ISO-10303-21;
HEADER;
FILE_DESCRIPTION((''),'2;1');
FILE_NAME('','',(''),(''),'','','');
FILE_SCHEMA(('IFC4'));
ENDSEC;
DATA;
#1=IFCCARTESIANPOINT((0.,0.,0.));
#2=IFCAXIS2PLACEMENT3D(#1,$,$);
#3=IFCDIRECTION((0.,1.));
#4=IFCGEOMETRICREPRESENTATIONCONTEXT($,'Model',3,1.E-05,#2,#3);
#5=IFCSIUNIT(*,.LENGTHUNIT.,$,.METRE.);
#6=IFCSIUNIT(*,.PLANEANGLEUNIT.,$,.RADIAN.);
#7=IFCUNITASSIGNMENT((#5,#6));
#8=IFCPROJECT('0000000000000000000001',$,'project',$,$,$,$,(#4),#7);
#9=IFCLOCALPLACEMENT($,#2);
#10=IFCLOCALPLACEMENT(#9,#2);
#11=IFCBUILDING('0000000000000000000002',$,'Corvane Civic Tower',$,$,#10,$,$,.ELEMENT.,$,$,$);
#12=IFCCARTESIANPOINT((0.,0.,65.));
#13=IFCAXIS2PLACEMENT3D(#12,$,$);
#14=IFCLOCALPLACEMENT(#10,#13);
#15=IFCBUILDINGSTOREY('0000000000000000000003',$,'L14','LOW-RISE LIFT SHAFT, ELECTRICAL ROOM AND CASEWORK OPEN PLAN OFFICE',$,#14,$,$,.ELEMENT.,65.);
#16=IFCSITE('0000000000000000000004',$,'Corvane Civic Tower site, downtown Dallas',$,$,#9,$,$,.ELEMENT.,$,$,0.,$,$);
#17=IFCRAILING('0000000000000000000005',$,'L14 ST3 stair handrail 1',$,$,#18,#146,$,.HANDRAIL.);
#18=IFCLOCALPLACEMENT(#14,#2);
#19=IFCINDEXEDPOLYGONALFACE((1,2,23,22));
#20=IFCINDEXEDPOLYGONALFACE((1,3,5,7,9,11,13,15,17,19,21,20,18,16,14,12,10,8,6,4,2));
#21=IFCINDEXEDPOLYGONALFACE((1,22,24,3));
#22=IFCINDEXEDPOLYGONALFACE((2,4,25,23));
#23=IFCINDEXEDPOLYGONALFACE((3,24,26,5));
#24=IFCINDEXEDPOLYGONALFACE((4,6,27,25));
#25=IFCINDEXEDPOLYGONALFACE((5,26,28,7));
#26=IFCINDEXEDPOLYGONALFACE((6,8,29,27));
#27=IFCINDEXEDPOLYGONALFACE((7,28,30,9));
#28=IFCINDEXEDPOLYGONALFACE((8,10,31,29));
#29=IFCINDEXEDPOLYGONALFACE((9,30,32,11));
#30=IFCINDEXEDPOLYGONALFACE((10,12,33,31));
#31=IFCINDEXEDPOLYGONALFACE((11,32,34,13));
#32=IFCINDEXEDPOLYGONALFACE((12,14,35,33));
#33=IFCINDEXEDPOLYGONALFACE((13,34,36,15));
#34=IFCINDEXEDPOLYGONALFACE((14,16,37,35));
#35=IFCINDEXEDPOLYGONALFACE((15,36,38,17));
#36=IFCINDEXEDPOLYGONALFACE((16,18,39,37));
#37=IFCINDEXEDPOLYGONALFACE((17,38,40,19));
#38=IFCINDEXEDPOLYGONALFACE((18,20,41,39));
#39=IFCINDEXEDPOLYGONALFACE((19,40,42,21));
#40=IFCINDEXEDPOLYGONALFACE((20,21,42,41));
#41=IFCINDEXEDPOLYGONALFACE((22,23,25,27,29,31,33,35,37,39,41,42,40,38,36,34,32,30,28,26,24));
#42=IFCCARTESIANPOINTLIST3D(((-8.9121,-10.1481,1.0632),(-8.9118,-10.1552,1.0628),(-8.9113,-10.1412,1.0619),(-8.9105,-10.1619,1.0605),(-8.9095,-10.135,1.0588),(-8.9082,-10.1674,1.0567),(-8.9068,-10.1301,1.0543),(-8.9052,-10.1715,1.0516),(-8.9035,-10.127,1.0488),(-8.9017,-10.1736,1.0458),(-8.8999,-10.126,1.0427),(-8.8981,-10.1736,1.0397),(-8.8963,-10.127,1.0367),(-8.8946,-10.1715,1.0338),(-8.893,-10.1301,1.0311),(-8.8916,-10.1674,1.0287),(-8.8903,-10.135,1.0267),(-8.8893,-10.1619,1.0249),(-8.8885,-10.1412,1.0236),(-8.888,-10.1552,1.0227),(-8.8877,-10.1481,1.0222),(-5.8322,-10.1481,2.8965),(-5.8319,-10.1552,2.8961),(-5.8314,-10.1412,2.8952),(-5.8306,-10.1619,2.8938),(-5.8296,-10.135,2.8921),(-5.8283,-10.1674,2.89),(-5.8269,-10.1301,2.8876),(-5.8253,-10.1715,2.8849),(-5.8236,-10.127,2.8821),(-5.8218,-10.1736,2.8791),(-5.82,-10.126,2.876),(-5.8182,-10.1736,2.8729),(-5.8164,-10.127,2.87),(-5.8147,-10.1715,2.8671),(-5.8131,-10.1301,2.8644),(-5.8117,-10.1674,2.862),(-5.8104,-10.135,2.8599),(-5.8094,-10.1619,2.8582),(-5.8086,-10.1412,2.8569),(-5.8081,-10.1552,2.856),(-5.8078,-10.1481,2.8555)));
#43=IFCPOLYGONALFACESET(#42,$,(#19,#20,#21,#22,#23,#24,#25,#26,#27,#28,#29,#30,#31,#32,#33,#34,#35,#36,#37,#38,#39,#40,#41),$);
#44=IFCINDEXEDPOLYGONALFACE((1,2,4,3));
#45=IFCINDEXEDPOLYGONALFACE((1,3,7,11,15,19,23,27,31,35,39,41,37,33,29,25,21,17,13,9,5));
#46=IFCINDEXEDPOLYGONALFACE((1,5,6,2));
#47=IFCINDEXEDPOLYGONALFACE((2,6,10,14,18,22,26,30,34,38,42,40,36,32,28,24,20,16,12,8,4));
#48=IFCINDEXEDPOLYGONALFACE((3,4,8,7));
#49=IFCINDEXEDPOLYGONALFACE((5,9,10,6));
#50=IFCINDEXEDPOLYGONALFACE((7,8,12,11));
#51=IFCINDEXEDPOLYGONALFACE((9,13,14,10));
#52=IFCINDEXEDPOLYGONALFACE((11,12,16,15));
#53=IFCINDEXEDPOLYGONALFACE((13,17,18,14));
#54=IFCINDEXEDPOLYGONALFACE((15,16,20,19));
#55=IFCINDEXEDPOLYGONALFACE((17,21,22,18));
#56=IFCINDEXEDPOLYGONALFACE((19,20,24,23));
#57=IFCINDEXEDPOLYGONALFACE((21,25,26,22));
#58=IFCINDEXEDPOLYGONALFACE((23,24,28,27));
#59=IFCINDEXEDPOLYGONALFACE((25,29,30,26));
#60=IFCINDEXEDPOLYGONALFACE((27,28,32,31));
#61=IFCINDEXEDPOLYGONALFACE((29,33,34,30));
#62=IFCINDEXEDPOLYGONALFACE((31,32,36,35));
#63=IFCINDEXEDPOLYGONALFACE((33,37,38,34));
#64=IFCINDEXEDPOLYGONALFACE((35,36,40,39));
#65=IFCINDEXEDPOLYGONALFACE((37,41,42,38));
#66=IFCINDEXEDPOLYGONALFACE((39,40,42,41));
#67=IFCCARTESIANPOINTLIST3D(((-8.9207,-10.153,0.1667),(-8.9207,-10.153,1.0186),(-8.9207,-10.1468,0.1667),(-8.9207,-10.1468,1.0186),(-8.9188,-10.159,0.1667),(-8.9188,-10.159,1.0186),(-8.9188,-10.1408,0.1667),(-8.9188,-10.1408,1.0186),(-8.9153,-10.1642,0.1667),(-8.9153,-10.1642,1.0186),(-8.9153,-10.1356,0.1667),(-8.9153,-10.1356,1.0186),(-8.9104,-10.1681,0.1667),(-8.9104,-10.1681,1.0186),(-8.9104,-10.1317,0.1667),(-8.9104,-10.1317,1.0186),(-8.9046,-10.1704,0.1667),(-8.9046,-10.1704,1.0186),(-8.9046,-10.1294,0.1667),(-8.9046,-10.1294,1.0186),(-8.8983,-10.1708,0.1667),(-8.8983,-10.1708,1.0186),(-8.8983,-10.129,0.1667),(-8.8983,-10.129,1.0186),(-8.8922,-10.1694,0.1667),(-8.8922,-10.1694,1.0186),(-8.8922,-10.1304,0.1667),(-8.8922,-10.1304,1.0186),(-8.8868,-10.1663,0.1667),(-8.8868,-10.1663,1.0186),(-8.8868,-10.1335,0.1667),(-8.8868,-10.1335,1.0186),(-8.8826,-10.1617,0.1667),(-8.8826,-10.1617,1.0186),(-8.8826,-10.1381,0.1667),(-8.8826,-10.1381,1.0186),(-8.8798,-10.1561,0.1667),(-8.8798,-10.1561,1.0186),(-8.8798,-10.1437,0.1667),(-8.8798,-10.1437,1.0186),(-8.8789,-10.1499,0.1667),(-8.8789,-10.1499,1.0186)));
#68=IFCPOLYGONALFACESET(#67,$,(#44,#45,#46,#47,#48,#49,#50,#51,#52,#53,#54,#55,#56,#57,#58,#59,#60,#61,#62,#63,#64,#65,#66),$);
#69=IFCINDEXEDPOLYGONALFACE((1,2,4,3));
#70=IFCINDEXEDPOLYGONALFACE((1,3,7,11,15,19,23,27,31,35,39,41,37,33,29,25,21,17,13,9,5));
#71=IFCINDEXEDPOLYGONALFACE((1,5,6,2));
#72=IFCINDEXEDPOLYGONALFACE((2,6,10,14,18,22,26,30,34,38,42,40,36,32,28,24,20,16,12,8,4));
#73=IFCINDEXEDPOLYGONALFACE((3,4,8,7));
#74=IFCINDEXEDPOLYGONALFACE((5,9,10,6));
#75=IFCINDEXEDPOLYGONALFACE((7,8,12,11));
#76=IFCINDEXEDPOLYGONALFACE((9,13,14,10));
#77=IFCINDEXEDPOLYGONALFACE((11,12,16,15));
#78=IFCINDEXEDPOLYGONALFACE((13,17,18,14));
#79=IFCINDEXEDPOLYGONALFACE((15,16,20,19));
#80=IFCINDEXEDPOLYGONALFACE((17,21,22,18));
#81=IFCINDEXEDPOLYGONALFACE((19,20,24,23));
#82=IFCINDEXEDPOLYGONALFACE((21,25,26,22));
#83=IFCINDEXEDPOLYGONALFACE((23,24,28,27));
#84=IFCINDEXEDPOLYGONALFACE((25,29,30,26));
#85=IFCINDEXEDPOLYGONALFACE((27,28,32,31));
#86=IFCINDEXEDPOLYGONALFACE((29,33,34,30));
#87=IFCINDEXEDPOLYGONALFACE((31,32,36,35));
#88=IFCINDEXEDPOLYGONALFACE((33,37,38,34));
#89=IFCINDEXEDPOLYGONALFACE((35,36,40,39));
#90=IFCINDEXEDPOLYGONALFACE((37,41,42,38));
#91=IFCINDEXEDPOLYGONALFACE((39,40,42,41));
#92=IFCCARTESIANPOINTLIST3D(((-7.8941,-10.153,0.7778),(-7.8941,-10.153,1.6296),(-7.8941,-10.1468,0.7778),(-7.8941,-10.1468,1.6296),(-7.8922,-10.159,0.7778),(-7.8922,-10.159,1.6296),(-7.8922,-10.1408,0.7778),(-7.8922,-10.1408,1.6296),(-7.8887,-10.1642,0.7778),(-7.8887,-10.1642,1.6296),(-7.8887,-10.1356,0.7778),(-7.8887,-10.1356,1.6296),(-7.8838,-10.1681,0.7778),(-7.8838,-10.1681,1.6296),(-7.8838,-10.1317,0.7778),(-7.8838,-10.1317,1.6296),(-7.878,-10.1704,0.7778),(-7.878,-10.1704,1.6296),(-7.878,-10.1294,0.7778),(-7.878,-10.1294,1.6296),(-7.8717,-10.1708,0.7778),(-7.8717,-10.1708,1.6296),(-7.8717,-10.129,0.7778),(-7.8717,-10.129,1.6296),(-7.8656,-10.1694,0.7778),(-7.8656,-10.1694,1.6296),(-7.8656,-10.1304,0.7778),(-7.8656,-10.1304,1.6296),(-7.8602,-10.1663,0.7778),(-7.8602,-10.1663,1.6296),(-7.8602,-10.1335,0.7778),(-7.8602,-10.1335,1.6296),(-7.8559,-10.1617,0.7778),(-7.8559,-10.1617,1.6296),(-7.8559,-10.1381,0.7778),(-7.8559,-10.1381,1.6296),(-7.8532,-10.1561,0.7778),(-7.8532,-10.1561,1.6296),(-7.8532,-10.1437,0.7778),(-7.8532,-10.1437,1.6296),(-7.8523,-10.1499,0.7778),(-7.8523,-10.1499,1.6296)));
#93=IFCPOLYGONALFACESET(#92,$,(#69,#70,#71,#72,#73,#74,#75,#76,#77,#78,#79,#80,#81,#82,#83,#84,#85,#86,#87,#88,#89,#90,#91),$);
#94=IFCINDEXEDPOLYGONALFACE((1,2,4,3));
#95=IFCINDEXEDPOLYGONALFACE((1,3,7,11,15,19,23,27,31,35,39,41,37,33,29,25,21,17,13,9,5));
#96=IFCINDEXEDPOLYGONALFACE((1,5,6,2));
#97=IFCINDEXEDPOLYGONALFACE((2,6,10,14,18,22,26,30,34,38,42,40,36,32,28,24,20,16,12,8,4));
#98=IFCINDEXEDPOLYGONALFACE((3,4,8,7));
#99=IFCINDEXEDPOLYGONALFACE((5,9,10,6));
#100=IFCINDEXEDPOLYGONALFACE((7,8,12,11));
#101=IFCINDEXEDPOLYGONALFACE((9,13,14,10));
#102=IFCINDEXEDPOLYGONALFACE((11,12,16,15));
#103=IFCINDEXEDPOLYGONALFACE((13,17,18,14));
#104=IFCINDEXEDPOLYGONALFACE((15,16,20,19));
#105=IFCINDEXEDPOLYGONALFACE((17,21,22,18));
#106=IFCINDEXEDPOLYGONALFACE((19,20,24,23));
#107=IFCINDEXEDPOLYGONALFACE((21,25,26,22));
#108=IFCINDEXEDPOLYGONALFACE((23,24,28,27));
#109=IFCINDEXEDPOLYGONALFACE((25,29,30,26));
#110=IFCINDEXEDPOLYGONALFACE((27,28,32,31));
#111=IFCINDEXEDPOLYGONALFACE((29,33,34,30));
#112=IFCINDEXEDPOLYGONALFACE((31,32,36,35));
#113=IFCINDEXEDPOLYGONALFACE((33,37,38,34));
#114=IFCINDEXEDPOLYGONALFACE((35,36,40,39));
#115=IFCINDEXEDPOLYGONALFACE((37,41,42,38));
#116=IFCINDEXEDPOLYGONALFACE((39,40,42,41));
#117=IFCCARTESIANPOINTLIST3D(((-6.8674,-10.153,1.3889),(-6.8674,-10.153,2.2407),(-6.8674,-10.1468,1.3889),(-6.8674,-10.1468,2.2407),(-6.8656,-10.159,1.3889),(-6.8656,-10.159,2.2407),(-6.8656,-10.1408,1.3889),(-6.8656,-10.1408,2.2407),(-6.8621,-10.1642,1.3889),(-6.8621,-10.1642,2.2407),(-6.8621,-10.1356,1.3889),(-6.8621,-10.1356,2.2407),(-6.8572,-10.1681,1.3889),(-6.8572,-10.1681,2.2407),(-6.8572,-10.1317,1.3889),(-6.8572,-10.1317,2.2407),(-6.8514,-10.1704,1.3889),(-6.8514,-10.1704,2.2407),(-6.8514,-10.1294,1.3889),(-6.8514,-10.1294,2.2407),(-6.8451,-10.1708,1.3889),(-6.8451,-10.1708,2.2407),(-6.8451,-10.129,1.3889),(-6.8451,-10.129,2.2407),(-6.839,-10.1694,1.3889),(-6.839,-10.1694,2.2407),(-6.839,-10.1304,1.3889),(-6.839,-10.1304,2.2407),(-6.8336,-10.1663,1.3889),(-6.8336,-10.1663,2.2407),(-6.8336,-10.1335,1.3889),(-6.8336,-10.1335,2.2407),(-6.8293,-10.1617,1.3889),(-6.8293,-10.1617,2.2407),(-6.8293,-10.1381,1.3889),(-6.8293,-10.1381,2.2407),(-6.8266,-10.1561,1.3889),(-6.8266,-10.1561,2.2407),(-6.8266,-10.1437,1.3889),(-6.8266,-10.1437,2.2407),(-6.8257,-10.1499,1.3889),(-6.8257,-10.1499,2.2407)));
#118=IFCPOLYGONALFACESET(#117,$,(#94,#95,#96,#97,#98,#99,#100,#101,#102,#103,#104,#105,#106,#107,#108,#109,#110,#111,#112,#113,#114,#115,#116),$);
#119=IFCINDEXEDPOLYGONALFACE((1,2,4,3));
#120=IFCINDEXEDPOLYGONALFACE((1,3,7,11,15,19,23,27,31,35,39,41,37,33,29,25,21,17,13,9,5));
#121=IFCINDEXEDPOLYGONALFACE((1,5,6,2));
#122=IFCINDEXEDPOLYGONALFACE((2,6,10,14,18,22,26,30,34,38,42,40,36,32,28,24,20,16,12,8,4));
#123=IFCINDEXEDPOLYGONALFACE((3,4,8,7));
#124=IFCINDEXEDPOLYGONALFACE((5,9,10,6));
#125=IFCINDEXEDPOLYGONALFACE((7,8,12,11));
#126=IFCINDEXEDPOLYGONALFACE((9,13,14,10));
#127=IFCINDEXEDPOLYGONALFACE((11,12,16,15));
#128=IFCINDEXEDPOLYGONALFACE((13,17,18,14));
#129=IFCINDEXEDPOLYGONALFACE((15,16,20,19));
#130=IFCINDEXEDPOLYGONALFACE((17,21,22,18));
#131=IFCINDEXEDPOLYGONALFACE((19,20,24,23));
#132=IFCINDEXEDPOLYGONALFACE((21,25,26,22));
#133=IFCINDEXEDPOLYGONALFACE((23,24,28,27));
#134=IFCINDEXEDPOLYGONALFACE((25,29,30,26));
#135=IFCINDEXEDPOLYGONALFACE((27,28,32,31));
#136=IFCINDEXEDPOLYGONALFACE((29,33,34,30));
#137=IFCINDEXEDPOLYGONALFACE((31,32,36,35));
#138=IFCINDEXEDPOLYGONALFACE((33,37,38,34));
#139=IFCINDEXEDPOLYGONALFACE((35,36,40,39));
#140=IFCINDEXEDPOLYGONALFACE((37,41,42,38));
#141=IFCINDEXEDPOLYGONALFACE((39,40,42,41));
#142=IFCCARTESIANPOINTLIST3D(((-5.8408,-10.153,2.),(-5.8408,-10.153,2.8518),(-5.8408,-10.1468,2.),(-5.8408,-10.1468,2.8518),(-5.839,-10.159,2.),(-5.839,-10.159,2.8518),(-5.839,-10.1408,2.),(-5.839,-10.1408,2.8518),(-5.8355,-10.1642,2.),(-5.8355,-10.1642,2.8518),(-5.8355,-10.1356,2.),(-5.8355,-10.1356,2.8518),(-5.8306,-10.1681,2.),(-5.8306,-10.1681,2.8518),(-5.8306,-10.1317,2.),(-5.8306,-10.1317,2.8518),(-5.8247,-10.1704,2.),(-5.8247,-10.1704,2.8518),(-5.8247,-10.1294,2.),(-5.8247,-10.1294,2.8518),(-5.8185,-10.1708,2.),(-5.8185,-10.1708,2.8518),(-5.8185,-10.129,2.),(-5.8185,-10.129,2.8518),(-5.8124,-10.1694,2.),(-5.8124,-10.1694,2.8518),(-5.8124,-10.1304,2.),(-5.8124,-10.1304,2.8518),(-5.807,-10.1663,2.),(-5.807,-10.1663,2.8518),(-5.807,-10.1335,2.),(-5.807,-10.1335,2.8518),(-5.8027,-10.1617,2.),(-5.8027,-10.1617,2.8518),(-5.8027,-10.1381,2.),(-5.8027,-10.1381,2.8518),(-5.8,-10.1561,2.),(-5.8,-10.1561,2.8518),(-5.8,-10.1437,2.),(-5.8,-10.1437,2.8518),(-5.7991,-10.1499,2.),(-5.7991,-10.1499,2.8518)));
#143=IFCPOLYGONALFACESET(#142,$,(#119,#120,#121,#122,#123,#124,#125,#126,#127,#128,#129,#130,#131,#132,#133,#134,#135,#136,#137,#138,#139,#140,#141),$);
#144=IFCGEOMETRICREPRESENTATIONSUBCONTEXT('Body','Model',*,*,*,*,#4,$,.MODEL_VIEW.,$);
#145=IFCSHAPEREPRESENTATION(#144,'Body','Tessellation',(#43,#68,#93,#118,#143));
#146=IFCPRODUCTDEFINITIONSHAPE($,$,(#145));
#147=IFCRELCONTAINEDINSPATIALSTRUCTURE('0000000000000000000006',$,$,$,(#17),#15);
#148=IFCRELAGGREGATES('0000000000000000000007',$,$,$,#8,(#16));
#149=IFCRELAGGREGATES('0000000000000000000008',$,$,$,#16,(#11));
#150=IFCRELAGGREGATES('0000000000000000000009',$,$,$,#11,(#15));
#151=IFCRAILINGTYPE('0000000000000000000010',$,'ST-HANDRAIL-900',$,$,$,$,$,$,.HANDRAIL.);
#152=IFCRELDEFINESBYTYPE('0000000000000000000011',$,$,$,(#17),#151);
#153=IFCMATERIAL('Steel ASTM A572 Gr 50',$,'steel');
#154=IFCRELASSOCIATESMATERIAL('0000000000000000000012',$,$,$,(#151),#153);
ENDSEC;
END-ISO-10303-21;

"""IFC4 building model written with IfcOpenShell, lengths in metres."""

from ifc_helpers import new_model, si_unit, direction, frame, origin, origin_2d, place, context, subcontext, project, spatial, circle, extrude, material, type_object, element, save


model = new_model("IFC4")

# Units and contexts
model_context = context("Model", 3, precision=1e-05, world=origin(), true_north=direction((0.0, 1.0)))
body_context = subcontext(model_context, "Body", "Model", "MODEL_VIEW")
ifc_project = project(units=[si_unit("LENGTHUNIT", "METRE"), si_unit("PLANEANGLEUNIT", "RADIAN")], contexts=[model_context])

# Site, building, storey
site_placement = place(None, origin())
site = spatial("IfcSite", under=ifc_project, at=site_placement, Name="Corvane Civic Tower site, downtown Dallas", CompositionType="ELEMENT", RefElevation=0.0)
building_placement = place(site_placement, origin())
building = spatial("IfcBuilding", under=site, at=building_placement, Name="Corvane Civic Tower", CompositionType="ELEMENT")
storey_placement = place(building_placement, frame((0.0, 0.0, 65.0)))
storey = spatial("IfcBuildingStorey", under=building, at=storey_placement, Name="L14", Description="LOW-RISE LIFT SHAFT, ELECTRICAL ROOM AND CASEWORK OPEN PLAN OFFICE", CompositionType="ELEMENT", Elevation=65.0)

# Railing
ifc_material_1 = material(Name="Steel ASTM A572 Gr 50", Category="steel")
railing_type = type_object("IfcRailingType", Name="ST-HANDRAIL-900", PredefinedType="HANDRAIL", material=ifc_material_1)
railing_placement = place(storey_placement, frame((-8.8999, -10.1499, 0.1667)))
element("IfcRailing", 1, at=railing_placement, inside=storey, type_object=railing_type, Name="L14 ST3 stair handrail 1", PredefinedType="HANDRAIL", context=body_context, shape_type="SweptSolid", body=[
    extrude(circle(Radius=0.0239, at=origin_2d()), frame((0.0, 0.0, 0.876), z_axis=(0.859291, 0.0, 0.511487), x_axis=(0.0, 1.0, 0.0)), (0.0, 0.0, 1.0), 3.5842),
    extrude(circle(Radius=0.021, at=origin_2d()), origin(), (0.0, 0.0, 1.0), 0.8518),
    extrude(circle(Radius=0.021, at=origin_2d()), frame((1.0266, 0.0, 0.6111)), (0.0, 0.0, 1.0), 0.8518),
    extrude(circle(Radius=0.021, at=origin_2d()), frame((2.0532, 0.0, 1.2222)), (0.0, 0.0, 1.0), 0.8518),
    extrude(circle(Radius=0.021, at=origin_2d()), frame((3.0798, 0.0, 1.8333)), (0.0, 0.0, 1.0), 0.8518),
])

save(model, "model.ifc")
